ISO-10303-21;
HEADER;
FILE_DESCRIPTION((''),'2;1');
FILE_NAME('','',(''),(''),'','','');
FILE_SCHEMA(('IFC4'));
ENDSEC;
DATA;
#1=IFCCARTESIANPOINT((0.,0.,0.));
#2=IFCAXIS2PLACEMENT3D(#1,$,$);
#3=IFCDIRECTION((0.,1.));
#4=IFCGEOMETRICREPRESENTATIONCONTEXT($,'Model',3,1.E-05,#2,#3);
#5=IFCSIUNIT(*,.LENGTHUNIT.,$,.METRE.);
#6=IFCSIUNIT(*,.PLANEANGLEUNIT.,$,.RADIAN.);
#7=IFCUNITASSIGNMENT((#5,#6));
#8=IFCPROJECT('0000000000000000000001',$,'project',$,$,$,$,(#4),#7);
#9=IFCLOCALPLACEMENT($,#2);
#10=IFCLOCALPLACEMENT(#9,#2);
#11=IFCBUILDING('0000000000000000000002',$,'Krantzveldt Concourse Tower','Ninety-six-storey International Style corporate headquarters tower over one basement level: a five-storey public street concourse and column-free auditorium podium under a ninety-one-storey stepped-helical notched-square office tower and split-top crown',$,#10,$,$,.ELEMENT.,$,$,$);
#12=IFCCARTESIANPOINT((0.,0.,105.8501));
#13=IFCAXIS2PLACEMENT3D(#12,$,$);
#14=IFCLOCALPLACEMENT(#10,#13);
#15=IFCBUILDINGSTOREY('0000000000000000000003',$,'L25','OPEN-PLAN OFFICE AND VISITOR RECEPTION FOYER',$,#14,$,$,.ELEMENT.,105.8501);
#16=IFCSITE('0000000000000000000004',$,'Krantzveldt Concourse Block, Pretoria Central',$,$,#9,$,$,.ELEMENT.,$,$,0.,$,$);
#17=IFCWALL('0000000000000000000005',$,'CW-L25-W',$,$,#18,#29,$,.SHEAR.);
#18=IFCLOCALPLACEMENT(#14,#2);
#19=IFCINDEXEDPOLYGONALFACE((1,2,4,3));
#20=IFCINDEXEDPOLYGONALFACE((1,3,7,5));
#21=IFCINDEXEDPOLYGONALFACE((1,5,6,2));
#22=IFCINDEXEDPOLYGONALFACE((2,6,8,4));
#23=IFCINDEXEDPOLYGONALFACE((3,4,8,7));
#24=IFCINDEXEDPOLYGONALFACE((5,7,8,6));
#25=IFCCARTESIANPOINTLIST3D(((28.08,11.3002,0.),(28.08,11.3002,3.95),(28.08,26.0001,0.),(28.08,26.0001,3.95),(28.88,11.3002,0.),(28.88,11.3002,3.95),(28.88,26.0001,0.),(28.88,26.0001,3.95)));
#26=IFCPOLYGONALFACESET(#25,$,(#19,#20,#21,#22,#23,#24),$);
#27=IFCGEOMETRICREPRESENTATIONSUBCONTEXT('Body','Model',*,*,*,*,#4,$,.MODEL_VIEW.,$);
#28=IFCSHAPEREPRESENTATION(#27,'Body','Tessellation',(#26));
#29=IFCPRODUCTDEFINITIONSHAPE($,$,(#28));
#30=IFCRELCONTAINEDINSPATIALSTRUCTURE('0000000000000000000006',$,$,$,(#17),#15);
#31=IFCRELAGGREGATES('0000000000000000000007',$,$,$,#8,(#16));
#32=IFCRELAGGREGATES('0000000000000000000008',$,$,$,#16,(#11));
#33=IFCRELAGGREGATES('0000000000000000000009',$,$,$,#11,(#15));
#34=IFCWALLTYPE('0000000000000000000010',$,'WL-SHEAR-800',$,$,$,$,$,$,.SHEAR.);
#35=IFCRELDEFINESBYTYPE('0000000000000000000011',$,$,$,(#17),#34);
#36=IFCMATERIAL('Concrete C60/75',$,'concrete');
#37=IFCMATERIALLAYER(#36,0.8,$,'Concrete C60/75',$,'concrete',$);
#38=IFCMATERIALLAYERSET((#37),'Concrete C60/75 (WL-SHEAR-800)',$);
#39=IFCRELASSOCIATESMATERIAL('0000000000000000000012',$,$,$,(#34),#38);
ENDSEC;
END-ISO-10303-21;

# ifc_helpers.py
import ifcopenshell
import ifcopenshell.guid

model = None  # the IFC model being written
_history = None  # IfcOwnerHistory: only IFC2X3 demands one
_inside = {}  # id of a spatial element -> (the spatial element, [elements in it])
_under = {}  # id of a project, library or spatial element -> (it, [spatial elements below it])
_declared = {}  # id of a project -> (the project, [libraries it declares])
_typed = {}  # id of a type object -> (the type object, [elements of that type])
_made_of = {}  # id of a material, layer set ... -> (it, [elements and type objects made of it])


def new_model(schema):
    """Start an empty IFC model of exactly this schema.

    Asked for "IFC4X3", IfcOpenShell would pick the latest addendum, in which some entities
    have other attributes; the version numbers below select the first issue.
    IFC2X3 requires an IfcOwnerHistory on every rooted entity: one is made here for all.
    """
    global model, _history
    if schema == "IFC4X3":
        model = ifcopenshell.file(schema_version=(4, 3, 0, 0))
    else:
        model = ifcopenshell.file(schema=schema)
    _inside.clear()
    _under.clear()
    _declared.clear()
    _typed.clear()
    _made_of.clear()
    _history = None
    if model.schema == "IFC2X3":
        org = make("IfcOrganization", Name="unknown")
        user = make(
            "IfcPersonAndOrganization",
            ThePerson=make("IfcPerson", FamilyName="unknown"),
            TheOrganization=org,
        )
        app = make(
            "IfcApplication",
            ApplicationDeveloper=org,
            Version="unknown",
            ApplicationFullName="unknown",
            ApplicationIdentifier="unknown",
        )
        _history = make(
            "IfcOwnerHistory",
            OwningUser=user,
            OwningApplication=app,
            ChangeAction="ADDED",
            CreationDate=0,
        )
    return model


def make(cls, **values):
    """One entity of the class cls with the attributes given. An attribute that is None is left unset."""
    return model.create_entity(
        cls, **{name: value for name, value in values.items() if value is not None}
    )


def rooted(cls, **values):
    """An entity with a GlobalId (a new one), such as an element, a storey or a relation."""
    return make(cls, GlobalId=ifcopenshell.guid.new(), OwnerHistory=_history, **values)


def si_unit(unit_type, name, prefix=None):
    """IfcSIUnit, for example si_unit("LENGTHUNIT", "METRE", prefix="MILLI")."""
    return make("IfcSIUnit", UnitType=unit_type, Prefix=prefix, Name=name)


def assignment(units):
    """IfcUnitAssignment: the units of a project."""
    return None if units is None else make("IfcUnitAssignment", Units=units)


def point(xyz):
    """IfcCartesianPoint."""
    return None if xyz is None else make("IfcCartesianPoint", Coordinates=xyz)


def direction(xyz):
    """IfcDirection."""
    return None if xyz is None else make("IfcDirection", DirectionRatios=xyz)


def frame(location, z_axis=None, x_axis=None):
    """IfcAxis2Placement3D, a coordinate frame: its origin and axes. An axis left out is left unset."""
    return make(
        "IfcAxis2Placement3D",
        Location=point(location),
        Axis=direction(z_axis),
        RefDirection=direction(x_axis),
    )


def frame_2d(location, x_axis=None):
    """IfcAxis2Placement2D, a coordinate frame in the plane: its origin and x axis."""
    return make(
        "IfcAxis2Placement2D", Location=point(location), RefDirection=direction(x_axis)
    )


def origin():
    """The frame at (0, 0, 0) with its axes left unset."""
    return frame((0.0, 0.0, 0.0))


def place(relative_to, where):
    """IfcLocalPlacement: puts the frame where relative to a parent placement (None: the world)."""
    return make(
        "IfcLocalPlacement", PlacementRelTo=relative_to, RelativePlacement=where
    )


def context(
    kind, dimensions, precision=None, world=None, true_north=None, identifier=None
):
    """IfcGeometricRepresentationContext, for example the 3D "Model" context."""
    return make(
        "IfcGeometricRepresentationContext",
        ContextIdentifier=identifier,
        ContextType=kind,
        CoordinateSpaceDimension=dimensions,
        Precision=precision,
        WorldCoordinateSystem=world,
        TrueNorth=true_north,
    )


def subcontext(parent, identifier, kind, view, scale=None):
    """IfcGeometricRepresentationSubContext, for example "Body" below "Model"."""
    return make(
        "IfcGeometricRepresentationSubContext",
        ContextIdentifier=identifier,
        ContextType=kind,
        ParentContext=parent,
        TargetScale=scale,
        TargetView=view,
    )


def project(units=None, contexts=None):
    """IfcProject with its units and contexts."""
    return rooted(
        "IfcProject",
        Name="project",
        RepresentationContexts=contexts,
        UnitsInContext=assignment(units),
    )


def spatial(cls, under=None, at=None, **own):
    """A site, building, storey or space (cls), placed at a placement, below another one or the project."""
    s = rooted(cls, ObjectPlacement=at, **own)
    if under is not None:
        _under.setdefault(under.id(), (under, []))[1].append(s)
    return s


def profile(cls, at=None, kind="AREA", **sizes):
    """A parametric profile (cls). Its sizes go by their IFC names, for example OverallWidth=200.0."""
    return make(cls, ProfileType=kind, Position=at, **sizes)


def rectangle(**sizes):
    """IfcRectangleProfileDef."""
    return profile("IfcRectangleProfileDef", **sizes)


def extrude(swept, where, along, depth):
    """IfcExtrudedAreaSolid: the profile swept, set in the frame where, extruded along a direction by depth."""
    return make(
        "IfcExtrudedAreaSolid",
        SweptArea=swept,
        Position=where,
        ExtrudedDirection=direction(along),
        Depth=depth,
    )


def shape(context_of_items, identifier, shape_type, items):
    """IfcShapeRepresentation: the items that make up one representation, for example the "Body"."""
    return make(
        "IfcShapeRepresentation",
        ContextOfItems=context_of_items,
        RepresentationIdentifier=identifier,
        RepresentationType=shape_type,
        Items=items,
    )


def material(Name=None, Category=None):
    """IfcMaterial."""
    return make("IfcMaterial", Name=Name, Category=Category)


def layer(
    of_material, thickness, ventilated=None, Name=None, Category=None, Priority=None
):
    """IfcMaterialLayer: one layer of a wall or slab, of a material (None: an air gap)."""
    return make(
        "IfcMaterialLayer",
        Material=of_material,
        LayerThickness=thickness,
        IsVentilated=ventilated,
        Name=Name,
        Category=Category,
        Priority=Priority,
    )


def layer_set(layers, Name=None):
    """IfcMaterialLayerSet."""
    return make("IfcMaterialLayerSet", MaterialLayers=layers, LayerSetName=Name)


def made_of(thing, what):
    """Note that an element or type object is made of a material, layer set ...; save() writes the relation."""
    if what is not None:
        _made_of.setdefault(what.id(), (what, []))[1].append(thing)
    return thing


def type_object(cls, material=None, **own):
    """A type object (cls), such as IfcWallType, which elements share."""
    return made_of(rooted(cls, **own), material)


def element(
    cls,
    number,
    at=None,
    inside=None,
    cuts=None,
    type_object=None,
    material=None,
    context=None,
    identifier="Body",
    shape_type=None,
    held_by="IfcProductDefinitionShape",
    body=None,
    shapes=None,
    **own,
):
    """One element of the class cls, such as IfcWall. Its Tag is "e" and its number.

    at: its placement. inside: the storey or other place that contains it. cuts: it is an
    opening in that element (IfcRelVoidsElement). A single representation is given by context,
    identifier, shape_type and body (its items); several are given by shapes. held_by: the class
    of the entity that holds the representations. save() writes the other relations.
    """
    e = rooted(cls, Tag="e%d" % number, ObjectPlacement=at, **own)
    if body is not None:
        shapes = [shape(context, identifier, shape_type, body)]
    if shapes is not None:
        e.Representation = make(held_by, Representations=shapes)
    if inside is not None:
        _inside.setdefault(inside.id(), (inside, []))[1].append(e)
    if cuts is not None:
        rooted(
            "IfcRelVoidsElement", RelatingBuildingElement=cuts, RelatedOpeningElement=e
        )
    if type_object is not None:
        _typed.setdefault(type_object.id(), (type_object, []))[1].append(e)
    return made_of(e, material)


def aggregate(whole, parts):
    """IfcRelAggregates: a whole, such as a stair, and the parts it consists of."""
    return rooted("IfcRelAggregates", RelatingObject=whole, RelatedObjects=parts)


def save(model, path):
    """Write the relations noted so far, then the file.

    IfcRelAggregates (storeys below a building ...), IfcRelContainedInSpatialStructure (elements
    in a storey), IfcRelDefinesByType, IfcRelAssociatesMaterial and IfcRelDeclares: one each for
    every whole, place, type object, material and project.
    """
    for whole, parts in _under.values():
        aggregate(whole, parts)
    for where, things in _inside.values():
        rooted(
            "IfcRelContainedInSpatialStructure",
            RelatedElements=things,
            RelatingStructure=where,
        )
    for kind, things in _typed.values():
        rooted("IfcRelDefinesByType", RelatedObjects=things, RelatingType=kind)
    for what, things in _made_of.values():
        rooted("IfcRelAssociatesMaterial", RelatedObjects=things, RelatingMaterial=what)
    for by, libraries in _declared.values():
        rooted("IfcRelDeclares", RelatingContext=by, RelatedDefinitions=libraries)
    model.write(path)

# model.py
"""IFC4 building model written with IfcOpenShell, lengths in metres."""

from ifc_helpers import new_model, si_unit, direction, frame, frame_2d, origin, place, context, subcontext, project, spatial, rectangle, extrude, material, layer, layer_set, type_object, element, save


model = new_model("IFC4")

# Units and contexts
model_context = context("Model", 3, precision=1e-05, world=origin(), true_north=direction((0.0, 1.0)))
body_context = subcontext(model_context, "Body", "Model", "MODEL_VIEW")
ifc_project = project(units=[si_unit("LENGTHUNIT", "METRE"), si_unit("PLANEANGLEUNIT", "RADIAN")], contexts=[model_context])

# Site, building, storey
site_placement = place(None, origin())
site = spatial("IfcSite", under=ifc_project, at=site_placement, Name="Krantzveldt Concourse Block, Pretoria Central", CompositionType="ELEMENT", RefElevation=0.0)
building_placement = place(site_placement, origin())
building = spatial("IfcBuilding", under=site, at=building_placement, Name="Krantzveldt Concourse Tower", Description="Ninety-six-storey International Style corporate headquarters tower over one basement level: a five-storey public street concourse and column-free auditorium podium under a ninety-one-storey stepped-helical notched-square office tower and split-top crown", CompositionType="ELEMENT")
storey_placement = place(building_placement, frame((0.0, 0.0, 105.8501)))
storey = spatial("IfcBuildingStorey", under=building, at=storey_placement, Name="L25", Description="OPEN-PLAN OFFICE AND VISITOR RECEPTION FOYER", CompositionType="ELEMENT", Elevation=105.8501)

# Wall
ifc_material_1 = material(Name="Concrete C60/75", Category="concrete")
ifc_layer_1 = layer(ifc_material_1, 0.8, Name="Concrete C60/75", Category="concrete")
ifc_layer_set_1 = layer_set([ifc_layer_1], Name="Concrete C60/75 (WL-SHEAR-800)")
wall_type_1 = type_object("IfcWallType", Name="WL-SHEAR-800", PredefinedType="SHEAR", material=ifc_layer_set_1)
wall_1_placement = place(storey_placement, frame((28.48, 11.3, 0.0), z_axis=(0.0, 0.0, 1.0), x_axis=(0.0, 1.0, 0.0)))
element("IfcWall", 1, at=wall_1_placement, inside=storey, type_object=wall_type_1, Name="CW-L25-W", PredefinedType="SHEAR", context=body_context, shape_type="SweptSolid", body=[
    extrude(rectangle(XDim=14.7, YDim=0.8, at=frame_2d((7.3501, 0.0))), origin(), (0.0, 0.0, 1.0), 3.95),
])

save(model, "model.ifc")
